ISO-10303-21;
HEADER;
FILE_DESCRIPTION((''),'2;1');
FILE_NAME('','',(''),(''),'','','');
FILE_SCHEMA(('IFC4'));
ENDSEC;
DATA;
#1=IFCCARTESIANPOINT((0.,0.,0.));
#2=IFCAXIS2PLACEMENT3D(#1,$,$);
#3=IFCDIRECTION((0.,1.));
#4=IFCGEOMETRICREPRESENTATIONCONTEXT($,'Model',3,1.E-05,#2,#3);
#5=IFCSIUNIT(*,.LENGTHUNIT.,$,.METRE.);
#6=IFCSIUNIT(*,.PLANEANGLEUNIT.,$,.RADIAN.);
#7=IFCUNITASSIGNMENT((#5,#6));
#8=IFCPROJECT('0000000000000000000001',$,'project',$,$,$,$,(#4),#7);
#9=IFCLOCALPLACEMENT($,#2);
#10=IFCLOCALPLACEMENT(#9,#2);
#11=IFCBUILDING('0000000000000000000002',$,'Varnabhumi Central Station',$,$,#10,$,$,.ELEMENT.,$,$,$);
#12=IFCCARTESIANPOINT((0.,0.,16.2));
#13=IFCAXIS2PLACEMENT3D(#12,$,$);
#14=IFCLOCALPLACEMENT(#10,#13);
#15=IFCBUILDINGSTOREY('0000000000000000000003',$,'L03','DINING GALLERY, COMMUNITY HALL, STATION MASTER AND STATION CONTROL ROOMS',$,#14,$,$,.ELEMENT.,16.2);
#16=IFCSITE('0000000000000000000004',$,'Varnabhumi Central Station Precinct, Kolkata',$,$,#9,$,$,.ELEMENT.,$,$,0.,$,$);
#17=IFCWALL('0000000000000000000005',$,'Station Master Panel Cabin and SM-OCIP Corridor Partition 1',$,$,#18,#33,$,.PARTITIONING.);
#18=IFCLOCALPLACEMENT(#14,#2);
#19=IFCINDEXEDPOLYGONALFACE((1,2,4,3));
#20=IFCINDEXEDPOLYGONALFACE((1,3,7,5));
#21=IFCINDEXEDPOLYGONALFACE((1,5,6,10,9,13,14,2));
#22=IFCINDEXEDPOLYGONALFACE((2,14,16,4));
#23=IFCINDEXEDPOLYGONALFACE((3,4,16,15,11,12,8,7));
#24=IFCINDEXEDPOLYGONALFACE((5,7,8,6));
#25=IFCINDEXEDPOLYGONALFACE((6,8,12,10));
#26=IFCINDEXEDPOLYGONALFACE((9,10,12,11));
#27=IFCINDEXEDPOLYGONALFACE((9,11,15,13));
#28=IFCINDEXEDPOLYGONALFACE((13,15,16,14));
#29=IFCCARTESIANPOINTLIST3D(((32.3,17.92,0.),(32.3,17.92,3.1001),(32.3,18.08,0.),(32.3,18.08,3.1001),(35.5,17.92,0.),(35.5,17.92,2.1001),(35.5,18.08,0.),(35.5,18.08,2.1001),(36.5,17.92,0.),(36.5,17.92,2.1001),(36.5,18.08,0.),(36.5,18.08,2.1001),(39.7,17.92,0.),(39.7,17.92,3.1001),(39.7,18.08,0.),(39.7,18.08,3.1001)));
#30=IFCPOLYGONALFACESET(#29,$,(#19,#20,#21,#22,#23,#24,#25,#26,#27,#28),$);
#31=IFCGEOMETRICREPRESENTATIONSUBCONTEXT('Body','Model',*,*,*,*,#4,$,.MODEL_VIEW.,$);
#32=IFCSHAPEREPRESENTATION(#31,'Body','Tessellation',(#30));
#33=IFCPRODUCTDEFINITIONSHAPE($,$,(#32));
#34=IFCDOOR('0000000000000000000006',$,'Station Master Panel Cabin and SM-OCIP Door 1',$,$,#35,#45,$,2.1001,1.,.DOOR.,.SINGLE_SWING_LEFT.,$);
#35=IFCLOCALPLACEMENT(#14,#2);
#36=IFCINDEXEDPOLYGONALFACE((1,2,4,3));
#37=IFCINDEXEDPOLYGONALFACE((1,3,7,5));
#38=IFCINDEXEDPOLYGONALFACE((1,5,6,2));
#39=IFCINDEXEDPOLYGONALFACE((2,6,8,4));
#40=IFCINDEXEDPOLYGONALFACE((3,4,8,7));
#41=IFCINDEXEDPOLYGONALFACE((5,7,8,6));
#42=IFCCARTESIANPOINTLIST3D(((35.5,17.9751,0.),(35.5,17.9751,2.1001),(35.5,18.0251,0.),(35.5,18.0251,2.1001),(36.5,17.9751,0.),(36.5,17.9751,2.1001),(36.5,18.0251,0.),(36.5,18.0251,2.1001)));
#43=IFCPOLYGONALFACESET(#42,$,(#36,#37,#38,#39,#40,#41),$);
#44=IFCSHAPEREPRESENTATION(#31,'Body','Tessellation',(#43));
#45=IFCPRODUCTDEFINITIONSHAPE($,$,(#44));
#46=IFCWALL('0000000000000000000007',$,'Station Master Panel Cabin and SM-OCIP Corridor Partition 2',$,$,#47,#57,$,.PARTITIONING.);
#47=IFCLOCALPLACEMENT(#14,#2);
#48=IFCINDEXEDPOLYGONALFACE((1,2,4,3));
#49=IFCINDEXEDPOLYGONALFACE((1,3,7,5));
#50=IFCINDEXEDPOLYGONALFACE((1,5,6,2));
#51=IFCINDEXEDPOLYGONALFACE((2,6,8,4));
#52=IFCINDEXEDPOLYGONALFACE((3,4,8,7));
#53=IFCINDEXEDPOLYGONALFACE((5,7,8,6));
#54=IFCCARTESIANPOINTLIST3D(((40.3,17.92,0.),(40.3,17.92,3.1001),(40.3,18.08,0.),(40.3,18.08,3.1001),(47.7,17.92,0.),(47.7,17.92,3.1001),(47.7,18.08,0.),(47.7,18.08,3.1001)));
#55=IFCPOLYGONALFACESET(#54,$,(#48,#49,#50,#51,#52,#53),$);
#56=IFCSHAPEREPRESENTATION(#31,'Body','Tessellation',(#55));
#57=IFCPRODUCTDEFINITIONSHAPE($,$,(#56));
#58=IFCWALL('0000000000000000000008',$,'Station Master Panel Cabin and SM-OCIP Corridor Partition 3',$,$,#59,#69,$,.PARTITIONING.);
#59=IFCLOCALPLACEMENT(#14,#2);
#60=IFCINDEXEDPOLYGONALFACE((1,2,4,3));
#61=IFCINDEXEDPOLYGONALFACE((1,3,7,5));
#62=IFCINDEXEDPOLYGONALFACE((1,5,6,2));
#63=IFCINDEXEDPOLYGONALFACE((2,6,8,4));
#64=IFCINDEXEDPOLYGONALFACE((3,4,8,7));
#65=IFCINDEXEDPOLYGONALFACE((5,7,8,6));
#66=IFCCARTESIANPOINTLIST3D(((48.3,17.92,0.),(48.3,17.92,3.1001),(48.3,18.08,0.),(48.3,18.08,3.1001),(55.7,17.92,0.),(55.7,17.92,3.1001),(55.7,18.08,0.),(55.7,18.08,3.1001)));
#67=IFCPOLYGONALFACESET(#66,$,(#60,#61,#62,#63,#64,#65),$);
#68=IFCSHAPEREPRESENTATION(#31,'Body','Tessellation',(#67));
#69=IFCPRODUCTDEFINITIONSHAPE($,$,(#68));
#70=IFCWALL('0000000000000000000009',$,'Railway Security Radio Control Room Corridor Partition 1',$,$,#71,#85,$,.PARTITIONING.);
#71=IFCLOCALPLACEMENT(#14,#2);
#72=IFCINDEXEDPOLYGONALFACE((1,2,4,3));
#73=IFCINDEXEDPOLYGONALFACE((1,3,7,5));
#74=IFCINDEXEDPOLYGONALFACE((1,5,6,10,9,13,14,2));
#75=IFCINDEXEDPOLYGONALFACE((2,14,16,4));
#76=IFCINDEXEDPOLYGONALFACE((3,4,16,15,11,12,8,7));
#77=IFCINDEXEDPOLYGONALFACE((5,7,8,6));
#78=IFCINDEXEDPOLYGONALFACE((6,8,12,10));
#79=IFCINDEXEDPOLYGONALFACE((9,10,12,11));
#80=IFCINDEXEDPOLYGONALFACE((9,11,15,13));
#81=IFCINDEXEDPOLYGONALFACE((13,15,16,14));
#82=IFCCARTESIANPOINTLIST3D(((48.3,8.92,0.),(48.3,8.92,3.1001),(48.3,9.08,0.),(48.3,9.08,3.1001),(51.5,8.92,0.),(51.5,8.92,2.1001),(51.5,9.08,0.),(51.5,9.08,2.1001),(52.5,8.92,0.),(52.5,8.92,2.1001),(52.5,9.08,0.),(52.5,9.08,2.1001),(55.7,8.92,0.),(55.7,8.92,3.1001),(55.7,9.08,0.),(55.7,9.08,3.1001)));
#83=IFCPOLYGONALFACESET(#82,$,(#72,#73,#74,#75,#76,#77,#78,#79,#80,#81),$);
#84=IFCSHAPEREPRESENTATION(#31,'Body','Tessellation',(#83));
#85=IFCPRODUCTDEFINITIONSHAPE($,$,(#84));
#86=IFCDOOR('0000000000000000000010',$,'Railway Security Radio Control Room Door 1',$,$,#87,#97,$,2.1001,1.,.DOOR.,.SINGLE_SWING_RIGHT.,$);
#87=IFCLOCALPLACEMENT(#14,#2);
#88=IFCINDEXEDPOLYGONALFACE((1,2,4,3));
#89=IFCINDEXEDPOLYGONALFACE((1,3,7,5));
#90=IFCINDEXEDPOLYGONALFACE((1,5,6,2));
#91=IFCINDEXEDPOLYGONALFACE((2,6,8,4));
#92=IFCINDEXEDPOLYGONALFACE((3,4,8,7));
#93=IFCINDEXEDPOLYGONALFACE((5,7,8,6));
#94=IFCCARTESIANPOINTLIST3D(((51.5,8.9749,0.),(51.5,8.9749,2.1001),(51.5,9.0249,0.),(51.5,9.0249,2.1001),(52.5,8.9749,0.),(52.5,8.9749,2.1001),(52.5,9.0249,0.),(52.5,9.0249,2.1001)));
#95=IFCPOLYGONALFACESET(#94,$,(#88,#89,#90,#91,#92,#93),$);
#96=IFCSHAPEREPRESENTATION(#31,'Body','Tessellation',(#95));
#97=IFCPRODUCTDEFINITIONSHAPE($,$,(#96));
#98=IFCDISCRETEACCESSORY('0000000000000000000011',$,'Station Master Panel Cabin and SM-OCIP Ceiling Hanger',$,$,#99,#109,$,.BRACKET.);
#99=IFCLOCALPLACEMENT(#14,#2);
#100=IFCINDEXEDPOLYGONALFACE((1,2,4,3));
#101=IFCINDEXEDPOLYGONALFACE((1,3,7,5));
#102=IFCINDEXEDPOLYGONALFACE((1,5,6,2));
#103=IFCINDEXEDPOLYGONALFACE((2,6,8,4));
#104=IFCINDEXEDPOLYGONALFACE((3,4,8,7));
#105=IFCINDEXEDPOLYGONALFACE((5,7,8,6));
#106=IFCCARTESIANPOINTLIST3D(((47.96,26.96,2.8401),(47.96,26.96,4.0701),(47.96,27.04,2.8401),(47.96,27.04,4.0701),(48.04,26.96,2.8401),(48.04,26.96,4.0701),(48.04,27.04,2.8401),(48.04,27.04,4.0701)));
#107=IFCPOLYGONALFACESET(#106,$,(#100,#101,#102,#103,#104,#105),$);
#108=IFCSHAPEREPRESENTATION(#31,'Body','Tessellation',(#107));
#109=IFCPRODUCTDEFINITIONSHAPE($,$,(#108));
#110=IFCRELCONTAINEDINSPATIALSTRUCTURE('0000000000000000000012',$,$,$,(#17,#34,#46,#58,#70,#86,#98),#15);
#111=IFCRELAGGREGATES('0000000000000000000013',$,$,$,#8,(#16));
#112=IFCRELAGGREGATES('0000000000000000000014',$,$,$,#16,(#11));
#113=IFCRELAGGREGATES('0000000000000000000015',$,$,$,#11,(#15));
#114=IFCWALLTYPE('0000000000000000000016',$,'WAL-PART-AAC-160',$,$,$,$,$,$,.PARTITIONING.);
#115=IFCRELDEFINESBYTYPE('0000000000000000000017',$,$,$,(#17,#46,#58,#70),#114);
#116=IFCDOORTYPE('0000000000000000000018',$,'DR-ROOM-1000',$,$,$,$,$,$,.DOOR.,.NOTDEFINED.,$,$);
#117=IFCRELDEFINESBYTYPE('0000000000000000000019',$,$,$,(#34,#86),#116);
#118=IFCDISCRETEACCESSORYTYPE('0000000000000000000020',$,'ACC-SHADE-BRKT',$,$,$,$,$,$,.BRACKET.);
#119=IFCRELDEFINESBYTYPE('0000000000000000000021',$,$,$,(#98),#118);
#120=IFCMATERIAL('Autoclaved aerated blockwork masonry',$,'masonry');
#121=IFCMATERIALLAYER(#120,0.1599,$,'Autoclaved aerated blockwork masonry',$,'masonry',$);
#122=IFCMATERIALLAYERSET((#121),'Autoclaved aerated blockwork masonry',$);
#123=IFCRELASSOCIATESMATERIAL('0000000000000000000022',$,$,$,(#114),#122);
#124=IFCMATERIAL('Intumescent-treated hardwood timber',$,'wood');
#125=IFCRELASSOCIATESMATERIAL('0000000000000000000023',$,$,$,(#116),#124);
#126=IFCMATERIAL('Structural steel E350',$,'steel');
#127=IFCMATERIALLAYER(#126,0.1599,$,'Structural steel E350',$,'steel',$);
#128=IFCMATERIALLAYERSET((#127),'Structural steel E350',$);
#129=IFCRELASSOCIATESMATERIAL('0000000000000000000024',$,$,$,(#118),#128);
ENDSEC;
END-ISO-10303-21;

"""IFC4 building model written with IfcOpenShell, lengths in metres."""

from ifc_helpers import new_model, si_unit, direction, frame, frame_2d, origin, origin_2d, place, context, subcontext, project, spatial, rectangle, extrude, material, layer, layer_set, type_object, element, fill, save


model = new_model("IFC4")

# Units and contexts
model_context = context("Model", 3, precision=1e-05, world=origin(), true_north=direction((0.0, 1.0)))
body_context = subcontext(model_context, "Body", "Model", "MODEL_VIEW")
ifc_project = project(units=[si_unit("LENGTHUNIT", "METRE"), si_unit("PLANEANGLEUNIT", "RADIAN")], contexts=[model_context])

# Site, building, storey
site_placement = place(None, origin())
site = spatial("IfcSite", under=ifc_project, at=site_placement, Name="Varnabhumi Central Station Precinct, Kolkata", CompositionType="ELEMENT", RefElevation=0.0)
building_placement = place(site_placement, origin())
building = spatial("IfcBuilding", under=site, at=building_placement, Name="Varnabhumi Central Station", CompositionType="ELEMENT")
storey_placement = place(building_placement, frame((0.0, 0.0, 16.2)))
storey = spatial("IfcBuildingStorey", under=building, at=storey_placement, Name="L03", Description="DINING GALLERY, COMMUNITY HALL, STATION MASTER AND STATION CONTROL ROOMS", CompositionType="ELEMENT", Elevation=16.2)

# Shared definitions
ifc_material_1 = material(Name="Structural steel E350", Category="steel")

# Wall, opening, door
ifc_material_2 = material(Name="Autoclaved aerated blockwork masonry", Category="masonry")
ifc_layer_1 = layer(ifc_material_2, 0.1599, Name="Autoclaved aerated blockwork masonry", Category="masonry")
ifc_layer_set_1 = layer_set([ifc_layer_1], Name="Autoclaved aerated blockwork masonry")
wall_type = type_object("IfcWallType", Name="WAL-PART-AAC-160", PredefinedType="PARTITIONING", material=ifc_layer_set_1)
wall_1_placement = place(storey_placement, frame((32.3, 18.0, 0.0), z_axis=(0.0, 0.0, 1.0), x_axis=(1.0, 0.0, 0.0)))
wall_1 = element("IfcWall", 1, at=wall_1_placement, inside=storey, type_object=wall_type, Name="Station Master Panel Cabin and SM-OCIP Corridor Partition 1", PredefinedType="PARTITIONING", context=body_context, shape_type="SweptSolid", body=[
    extrude(rectangle(XDim=7.3999, YDim=0.1599, at=frame_2d((3.7, 0.0))), origin(), (0.0, 0.0, 1.0), 3.1001),
])
opening_1_placement = place(wall_1_placement, frame((3.2, 0.0, 0.0)))
opening_1 = element("IfcOpeningElement", 2, at=opening_1_placement, cuts=wall_1, PredefinedType="OPENING", context=body_context, shape_type="SweptSolid", body=[
    extrude(rectangle(XDim=1.0, YDim=2.1001, at=frame_2d((0.5, 1.05))), frame((0.0, 0.0898, 0.0), z_axis=(0.0, -1.0, 0.0), x_axis=(1.0, 0.0, 0.0)), (0.0, 0.0, 1.0), 0.1799),
])
ifc_material_3 = material(Name="Intumescent-treated hardwood timber", Category="wood")
door_type = type_object("IfcDoorType", Name="DR-ROOM-1000", OperationType="NOTDEFINED", PredefinedType="DOOR", material=ifc_material_3)
door_1_placement = place(opening_1_placement, frame((1.0, 0.0, 0.0), z_axis=(0.0, 0.0, 1.0), x_axis=(-1.0, 0.0, 0.0)))
door_1 = element("IfcDoor", 3, at=door_1_placement, inside=storey, type_object=door_type, Name="Station Master Panel Cabin and SM-OCIP Door 1", OperationType="SINGLE_SWING_LEFT", OverallHeight=2.1001, OverallWidth=1.0, PredefinedType="DOOR", context=body_context, shape_type="SweptSolid", body=[
    extrude(rectangle(XDim=1.0, YDim=2.1001, at=frame_2d((0.5, 1.05))), frame((0.0, 0.0249, 0.0), z_axis=(0.0, -1.0, 0.0), x_axis=(1.0, 0.0, 0.0)), (0.0, 0.0, 1.0), 0.05),
])
fill(opening_1, door_1)

# Walls
for number, where, z_axis, x_axis, name in (
    (4, (40.3, 18.0, 0.0), (0.0, 0.0, 1.0), (1.0, 0.0, 0.0), "Station Master Panel Cabin and SM-OCIP Corridor Partition 2"),
    (5, (48.3, 18.0, 0.0), (0.0, 0.0, 1.0), (1.0, 0.0, 0.0), "Station Master Panel Cabin and SM-OCIP Corridor Partition 3"),
):
    element("IfcWall", number, at=place(storey_placement, frame(where, z_axis=z_axis, x_axis=x_axis)), inside=storey, type_object=wall_type, Name=name, PredefinedType="PARTITIONING", context=body_context, shape_type="SweptSolid", body=[
        extrude(rectangle(XDim=7.3999, YDim=0.1599, at=frame_2d((3.7, 0.0))), origin(), (0.0, 0.0, 1.0), 3.1001),
    ])

# Wall, opening, door
wall_2_placement = place(storey_placement, frame((48.3, 9.0, 0.0), z_axis=(0.0, 0.0, 1.0), x_axis=(1.0, 0.0, 0.0)))
wall_2 = element("IfcWall", 6, at=wall_2_placement, inside=storey, type_object=wall_type, Name="Railway Security Radio Control Room Corridor Partition 1", PredefinedType="PARTITIONING", context=body_context, shape_type="SweptSolid", body=[
    extrude(rectangle(XDim=7.3999, YDim=0.1599, at=frame_2d((3.7, 0.0))), origin(), (0.0, 0.0, 1.0), 3.1001),
])
opening_2_placement = place(wall_2_placement, frame((3.2, 0.0, 0.0)))
opening_2 = element("IfcOpeningElement", 7, at=opening_2_placement, cuts=wall_2, PredefinedType="OPENING", context=body_context, shape_type="SweptSolid", body=[
    extrude(rectangle(XDim=1.0, YDim=2.1001, at=frame_2d((0.5, 1.05))), frame((0.0, 0.0898, 0.0), z_axis=(0.0, -1.0, 0.0), x_axis=(1.0, 0.0, 0.0)), (0.0, 0.0, 1.0), 0.1799),
])
door_2_placement = place(opening_2_placement, origin())
door_2 = element("IfcDoor", 8, at=door_2_placement, inside=storey, type_object=door_type, Name="Railway Security Radio Control Room Door 1", OperationType="SINGLE_SWING_RIGHT", OverallHeight=2.1001, OverallWidth=1.0, PredefinedType="DOOR", context=body_context, shape_type="SweptSolid", body=[
    extrude(rectangle(XDim=1.0, YDim=2.1001, at=frame_2d((0.5, 1.05))), frame((0.0, 0.0249, 0.0), z_axis=(0.0, -1.0, 0.0), x_axis=(1.0, 0.0, 0.0)), (0.0, 0.0, 1.0), 0.05),
])
fill(opening_2, door_2)

# Discrete accessory
ifc_layer_2 = layer(ifc_material_1, 0.1599, Name="Structural steel E350", Category="steel")
ifc_layer_set_2 = layer_set([ifc_layer_2], Name="Structural steel E350")
discrete_accessory_type = type_object("IfcDiscreteAccessoryType", Name="ACC-SHADE-BRKT", PredefinedType="BRACKET", material=ifc_layer_set_2)
discrete_accessory_placement = place(storey_placement, frame((48.0, 27.0, 2.8401), z_axis=(0.0, 0.0, 1.0), x_axis=(1.0, 0.0, 0.0)))
element("IfcDiscreteAccessory", 9, at=discrete_accessory_placement, inside=storey, type_object=discrete_accessory_type, Name="Station Master Panel Cabin and SM-OCIP Ceiling Hanger", PredefinedType="BRACKET", context=body_context, shape_type="SweptSolid", body=[
    extrude(rectangle(XDim=0.0801, YDim=0.0801, at=origin_2d()), origin(), (0.0, 0.0, 1.0), 1.23),
])

save(model, "model.ifc")
